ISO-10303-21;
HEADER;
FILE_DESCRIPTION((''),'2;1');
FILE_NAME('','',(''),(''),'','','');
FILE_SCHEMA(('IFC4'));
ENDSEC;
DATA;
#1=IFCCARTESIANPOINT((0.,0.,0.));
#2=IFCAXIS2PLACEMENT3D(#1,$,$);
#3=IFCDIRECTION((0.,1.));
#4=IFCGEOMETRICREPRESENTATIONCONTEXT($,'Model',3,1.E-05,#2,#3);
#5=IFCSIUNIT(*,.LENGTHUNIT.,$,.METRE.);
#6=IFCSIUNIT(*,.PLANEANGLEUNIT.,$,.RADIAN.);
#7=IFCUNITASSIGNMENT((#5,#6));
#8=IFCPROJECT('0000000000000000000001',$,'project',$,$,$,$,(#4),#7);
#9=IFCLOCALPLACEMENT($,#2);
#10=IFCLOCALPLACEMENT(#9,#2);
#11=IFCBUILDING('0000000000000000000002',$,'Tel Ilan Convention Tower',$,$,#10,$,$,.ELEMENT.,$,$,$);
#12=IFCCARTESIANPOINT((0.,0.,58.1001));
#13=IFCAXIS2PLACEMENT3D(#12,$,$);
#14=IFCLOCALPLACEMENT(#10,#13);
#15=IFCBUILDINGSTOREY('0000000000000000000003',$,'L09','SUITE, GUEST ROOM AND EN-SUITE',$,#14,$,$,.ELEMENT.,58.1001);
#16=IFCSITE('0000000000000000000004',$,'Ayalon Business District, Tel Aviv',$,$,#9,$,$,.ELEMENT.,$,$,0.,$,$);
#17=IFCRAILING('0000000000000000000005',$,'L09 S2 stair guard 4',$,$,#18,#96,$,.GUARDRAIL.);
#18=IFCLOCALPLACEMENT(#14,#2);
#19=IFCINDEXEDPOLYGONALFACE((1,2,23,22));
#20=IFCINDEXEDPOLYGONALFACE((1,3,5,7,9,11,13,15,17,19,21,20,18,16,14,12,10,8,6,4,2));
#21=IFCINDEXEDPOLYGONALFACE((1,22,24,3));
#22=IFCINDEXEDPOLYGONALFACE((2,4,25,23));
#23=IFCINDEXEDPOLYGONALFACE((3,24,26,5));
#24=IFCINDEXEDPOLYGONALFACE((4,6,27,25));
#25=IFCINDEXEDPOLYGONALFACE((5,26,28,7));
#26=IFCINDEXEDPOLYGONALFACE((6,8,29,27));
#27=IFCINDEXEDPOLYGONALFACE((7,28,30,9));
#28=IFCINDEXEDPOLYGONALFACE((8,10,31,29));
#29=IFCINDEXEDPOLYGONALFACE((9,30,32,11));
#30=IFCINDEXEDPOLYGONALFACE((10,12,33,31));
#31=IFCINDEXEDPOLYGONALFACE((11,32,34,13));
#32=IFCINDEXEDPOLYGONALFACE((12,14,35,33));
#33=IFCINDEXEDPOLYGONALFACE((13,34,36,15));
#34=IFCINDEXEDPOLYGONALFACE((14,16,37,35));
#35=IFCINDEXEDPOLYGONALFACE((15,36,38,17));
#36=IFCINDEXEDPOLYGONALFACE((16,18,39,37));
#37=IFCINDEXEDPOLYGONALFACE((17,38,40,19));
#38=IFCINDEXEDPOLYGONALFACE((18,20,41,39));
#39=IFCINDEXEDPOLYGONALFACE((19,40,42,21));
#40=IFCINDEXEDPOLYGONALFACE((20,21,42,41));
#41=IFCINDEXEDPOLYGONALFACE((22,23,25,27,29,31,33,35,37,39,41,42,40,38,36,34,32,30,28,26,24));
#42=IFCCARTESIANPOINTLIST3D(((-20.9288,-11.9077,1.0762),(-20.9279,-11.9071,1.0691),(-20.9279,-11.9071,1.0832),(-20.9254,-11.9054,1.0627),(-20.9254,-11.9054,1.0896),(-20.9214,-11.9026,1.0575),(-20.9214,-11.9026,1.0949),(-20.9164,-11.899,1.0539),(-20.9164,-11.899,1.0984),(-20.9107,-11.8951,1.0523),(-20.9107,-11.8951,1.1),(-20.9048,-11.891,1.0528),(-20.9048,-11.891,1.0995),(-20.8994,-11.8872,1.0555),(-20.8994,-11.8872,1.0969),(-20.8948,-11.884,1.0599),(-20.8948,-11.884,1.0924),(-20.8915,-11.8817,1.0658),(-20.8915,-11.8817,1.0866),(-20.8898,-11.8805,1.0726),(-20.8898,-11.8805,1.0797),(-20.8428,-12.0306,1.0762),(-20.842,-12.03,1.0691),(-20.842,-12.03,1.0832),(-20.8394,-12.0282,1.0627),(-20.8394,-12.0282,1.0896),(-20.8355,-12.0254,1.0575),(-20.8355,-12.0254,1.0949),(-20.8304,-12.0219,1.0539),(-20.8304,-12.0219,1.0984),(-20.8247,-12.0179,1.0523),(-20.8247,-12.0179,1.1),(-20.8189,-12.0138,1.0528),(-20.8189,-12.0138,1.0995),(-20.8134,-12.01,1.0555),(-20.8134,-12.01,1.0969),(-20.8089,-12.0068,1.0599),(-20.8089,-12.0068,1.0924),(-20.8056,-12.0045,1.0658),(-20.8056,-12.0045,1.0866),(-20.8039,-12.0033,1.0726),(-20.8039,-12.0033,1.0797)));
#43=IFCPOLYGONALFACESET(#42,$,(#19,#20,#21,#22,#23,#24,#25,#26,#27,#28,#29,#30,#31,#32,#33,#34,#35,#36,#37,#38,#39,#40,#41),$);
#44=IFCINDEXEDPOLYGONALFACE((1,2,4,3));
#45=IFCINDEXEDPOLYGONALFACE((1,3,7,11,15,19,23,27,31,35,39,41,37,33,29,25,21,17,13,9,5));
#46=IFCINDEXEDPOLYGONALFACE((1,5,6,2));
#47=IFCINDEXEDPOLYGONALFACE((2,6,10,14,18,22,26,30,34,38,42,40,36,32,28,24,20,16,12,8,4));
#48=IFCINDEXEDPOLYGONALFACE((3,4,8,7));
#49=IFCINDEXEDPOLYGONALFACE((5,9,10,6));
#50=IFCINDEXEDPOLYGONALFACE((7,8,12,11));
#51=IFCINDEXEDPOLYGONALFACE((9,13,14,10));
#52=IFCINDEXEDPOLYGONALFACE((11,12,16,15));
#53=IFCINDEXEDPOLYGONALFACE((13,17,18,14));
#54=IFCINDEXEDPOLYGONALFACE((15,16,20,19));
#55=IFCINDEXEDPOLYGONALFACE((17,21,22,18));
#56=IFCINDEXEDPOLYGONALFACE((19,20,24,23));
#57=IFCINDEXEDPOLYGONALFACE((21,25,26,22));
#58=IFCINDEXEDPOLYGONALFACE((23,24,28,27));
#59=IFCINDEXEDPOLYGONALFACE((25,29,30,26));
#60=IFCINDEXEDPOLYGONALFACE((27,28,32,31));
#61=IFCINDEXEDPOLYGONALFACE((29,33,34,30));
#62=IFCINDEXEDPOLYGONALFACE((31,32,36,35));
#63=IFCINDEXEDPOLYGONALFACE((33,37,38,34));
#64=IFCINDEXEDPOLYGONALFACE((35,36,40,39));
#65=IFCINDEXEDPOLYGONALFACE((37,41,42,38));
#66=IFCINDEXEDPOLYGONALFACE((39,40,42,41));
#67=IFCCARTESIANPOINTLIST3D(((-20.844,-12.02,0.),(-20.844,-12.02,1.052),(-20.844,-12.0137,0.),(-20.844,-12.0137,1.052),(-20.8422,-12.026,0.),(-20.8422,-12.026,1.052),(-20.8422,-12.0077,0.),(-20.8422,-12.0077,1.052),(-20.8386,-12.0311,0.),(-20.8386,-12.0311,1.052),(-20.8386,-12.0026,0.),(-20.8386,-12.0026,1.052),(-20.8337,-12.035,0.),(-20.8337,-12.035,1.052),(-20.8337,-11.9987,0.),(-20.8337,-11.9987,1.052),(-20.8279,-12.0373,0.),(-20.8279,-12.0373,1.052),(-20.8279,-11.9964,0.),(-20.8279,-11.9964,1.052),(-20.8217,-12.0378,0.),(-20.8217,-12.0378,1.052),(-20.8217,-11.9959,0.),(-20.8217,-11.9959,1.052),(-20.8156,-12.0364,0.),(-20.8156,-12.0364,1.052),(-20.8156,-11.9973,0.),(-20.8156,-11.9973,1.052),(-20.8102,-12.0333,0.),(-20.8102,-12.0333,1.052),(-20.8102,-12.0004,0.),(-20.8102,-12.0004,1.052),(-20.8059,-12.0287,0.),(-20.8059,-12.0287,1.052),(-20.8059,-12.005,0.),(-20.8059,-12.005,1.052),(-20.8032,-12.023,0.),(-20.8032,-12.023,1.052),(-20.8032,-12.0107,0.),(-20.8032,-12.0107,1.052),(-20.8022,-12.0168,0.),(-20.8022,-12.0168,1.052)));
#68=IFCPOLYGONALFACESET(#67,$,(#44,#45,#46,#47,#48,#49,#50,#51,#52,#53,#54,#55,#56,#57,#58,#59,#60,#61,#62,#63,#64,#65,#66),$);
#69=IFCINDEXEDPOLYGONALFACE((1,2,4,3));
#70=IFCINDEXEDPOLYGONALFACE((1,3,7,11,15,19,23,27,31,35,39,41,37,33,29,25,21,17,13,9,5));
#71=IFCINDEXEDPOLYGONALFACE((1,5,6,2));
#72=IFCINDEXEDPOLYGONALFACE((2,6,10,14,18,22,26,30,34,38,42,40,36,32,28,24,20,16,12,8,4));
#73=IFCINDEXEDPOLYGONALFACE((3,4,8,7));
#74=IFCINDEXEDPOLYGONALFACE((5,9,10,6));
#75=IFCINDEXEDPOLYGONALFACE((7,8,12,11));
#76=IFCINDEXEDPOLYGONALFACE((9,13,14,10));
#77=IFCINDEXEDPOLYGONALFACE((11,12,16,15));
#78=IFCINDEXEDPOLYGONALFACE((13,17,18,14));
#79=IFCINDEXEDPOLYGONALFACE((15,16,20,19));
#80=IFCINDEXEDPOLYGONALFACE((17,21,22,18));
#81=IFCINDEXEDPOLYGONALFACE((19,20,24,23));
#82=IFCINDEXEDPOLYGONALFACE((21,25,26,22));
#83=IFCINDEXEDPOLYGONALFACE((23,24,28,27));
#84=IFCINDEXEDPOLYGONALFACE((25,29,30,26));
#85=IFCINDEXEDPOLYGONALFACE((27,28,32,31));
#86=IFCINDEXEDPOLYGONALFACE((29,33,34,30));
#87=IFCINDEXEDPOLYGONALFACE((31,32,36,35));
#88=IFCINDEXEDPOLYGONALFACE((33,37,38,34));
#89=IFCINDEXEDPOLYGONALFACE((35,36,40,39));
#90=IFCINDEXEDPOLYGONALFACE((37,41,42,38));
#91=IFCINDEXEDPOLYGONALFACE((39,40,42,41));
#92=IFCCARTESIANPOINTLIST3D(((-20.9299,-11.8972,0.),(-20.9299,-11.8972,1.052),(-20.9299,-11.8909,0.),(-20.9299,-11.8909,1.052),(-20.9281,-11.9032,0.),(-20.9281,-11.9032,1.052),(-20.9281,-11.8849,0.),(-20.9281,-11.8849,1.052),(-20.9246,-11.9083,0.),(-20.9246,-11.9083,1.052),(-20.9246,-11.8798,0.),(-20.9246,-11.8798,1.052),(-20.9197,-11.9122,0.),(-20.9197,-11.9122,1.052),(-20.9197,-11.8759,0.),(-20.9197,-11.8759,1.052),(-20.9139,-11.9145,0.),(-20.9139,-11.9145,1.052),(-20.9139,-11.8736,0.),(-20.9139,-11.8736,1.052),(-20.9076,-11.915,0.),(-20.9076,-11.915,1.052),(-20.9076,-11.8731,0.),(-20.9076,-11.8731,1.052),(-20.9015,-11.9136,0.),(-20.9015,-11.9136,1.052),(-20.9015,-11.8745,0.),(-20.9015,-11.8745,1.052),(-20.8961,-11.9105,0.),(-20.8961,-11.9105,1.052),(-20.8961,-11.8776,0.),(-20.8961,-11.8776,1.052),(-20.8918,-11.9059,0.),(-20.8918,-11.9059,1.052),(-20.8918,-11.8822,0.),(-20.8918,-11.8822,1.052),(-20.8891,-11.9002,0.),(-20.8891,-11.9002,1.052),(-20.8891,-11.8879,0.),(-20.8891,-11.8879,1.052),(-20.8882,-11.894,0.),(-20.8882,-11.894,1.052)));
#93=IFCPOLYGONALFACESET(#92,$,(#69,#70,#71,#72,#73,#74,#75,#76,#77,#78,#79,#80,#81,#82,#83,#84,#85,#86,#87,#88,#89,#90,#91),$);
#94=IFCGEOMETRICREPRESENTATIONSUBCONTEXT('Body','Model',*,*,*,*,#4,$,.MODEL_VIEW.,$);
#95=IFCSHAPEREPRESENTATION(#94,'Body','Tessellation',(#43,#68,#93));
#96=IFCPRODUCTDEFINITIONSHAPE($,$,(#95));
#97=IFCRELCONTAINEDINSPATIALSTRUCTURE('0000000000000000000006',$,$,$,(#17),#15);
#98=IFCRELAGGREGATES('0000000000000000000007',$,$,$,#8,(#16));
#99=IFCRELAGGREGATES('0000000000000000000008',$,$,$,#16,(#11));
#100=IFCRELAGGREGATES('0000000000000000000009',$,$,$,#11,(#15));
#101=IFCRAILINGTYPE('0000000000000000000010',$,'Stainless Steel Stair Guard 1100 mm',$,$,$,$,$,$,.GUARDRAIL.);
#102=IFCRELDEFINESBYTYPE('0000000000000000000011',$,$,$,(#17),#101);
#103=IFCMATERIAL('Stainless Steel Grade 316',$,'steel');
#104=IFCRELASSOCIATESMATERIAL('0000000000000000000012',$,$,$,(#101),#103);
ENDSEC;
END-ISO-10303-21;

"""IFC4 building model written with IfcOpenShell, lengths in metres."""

from ifc_helpers import new_model, si_unit, direction, frame, origin, origin_2d, place, context, subcontext, project, spatial, circle, extrude, material, type_object, element, save


model = new_model("IFC4")

# Units and contexts
model_context = context("Model", 3, precision=1e-05, world=origin(), true_north=direction((0.0, 1.0)))
body_context = subcontext(model_context, "Body", "Model", "MODEL_VIEW")
ifc_project = project(units=[si_unit("LENGTHUNIT", "METRE"), si_unit("PLANEANGLEUNIT", "RADIAN")], contexts=[model_context])

# Site, building, storey
site_placement = place(None, origin())
site = spatial("IfcSite", under=ifc_project, at=site_placement, Name="Ayalon Business District, Tel Aviv", CompositionType="ELEMENT", RefElevation=0.0)
building_placement = place(site_placement, origin())
building = spatial("IfcBuilding", under=site, at=building_placement, Name="Tel Ilan Convention Tower", CompositionType="ELEMENT")
storey_placement = place(building_placement, frame((0.0, 0.0, 58.1001)))
storey = spatial("IfcBuildingStorey", under=building, at=storey_placement, Name="L09", Description="SUITE, GUEST ROOM AND EN-SUITE", CompositionType="ELEMENT", Elevation=58.1001)

# Railing
ifc_material_1 = material(Name="Stainless Steel Grade 316", Category="steel")
railing_type_1 = type_object("IfcRailingType", Name="Stainless Steel Stair Guard 1100 mm", PredefinedType="GUARDRAIL", material=ifc_material_1)
railing_1_placement = place(storey_placement, frame((-20.8232, -12.0168, 0.0)))
element("IfcRailing", 1, at=railing_1_placement, inside=storey, type_object=railing_type_1, Name="L09 S2 stair guard 4", PredefinedType="GUARDRAIL", context=body_context, shape_type="SweptSolid", body=[
    extrude(circle(Radius=0.0239, at=origin_2d()), frame((0.0, 0.0, 1.0762), z_axis=(-0.573353, 0.819308, 0.0), x_axis=(-0.819308, -0.573353, 0.0)), (0.0, 0.0, 1.0), 0.1499),
    extrude(circle(Radius=0.021, at=origin_2d()), origin(), (0.0, 0.0, 1.0), 1.052),
    extrude(circle(Radius=0.021, at=origin_2d()), frame((-0.0859, 0.1228, 0.0)), (0.0, 0.0, 1.0), 1.052),
])

save(model, "model.ifc")
